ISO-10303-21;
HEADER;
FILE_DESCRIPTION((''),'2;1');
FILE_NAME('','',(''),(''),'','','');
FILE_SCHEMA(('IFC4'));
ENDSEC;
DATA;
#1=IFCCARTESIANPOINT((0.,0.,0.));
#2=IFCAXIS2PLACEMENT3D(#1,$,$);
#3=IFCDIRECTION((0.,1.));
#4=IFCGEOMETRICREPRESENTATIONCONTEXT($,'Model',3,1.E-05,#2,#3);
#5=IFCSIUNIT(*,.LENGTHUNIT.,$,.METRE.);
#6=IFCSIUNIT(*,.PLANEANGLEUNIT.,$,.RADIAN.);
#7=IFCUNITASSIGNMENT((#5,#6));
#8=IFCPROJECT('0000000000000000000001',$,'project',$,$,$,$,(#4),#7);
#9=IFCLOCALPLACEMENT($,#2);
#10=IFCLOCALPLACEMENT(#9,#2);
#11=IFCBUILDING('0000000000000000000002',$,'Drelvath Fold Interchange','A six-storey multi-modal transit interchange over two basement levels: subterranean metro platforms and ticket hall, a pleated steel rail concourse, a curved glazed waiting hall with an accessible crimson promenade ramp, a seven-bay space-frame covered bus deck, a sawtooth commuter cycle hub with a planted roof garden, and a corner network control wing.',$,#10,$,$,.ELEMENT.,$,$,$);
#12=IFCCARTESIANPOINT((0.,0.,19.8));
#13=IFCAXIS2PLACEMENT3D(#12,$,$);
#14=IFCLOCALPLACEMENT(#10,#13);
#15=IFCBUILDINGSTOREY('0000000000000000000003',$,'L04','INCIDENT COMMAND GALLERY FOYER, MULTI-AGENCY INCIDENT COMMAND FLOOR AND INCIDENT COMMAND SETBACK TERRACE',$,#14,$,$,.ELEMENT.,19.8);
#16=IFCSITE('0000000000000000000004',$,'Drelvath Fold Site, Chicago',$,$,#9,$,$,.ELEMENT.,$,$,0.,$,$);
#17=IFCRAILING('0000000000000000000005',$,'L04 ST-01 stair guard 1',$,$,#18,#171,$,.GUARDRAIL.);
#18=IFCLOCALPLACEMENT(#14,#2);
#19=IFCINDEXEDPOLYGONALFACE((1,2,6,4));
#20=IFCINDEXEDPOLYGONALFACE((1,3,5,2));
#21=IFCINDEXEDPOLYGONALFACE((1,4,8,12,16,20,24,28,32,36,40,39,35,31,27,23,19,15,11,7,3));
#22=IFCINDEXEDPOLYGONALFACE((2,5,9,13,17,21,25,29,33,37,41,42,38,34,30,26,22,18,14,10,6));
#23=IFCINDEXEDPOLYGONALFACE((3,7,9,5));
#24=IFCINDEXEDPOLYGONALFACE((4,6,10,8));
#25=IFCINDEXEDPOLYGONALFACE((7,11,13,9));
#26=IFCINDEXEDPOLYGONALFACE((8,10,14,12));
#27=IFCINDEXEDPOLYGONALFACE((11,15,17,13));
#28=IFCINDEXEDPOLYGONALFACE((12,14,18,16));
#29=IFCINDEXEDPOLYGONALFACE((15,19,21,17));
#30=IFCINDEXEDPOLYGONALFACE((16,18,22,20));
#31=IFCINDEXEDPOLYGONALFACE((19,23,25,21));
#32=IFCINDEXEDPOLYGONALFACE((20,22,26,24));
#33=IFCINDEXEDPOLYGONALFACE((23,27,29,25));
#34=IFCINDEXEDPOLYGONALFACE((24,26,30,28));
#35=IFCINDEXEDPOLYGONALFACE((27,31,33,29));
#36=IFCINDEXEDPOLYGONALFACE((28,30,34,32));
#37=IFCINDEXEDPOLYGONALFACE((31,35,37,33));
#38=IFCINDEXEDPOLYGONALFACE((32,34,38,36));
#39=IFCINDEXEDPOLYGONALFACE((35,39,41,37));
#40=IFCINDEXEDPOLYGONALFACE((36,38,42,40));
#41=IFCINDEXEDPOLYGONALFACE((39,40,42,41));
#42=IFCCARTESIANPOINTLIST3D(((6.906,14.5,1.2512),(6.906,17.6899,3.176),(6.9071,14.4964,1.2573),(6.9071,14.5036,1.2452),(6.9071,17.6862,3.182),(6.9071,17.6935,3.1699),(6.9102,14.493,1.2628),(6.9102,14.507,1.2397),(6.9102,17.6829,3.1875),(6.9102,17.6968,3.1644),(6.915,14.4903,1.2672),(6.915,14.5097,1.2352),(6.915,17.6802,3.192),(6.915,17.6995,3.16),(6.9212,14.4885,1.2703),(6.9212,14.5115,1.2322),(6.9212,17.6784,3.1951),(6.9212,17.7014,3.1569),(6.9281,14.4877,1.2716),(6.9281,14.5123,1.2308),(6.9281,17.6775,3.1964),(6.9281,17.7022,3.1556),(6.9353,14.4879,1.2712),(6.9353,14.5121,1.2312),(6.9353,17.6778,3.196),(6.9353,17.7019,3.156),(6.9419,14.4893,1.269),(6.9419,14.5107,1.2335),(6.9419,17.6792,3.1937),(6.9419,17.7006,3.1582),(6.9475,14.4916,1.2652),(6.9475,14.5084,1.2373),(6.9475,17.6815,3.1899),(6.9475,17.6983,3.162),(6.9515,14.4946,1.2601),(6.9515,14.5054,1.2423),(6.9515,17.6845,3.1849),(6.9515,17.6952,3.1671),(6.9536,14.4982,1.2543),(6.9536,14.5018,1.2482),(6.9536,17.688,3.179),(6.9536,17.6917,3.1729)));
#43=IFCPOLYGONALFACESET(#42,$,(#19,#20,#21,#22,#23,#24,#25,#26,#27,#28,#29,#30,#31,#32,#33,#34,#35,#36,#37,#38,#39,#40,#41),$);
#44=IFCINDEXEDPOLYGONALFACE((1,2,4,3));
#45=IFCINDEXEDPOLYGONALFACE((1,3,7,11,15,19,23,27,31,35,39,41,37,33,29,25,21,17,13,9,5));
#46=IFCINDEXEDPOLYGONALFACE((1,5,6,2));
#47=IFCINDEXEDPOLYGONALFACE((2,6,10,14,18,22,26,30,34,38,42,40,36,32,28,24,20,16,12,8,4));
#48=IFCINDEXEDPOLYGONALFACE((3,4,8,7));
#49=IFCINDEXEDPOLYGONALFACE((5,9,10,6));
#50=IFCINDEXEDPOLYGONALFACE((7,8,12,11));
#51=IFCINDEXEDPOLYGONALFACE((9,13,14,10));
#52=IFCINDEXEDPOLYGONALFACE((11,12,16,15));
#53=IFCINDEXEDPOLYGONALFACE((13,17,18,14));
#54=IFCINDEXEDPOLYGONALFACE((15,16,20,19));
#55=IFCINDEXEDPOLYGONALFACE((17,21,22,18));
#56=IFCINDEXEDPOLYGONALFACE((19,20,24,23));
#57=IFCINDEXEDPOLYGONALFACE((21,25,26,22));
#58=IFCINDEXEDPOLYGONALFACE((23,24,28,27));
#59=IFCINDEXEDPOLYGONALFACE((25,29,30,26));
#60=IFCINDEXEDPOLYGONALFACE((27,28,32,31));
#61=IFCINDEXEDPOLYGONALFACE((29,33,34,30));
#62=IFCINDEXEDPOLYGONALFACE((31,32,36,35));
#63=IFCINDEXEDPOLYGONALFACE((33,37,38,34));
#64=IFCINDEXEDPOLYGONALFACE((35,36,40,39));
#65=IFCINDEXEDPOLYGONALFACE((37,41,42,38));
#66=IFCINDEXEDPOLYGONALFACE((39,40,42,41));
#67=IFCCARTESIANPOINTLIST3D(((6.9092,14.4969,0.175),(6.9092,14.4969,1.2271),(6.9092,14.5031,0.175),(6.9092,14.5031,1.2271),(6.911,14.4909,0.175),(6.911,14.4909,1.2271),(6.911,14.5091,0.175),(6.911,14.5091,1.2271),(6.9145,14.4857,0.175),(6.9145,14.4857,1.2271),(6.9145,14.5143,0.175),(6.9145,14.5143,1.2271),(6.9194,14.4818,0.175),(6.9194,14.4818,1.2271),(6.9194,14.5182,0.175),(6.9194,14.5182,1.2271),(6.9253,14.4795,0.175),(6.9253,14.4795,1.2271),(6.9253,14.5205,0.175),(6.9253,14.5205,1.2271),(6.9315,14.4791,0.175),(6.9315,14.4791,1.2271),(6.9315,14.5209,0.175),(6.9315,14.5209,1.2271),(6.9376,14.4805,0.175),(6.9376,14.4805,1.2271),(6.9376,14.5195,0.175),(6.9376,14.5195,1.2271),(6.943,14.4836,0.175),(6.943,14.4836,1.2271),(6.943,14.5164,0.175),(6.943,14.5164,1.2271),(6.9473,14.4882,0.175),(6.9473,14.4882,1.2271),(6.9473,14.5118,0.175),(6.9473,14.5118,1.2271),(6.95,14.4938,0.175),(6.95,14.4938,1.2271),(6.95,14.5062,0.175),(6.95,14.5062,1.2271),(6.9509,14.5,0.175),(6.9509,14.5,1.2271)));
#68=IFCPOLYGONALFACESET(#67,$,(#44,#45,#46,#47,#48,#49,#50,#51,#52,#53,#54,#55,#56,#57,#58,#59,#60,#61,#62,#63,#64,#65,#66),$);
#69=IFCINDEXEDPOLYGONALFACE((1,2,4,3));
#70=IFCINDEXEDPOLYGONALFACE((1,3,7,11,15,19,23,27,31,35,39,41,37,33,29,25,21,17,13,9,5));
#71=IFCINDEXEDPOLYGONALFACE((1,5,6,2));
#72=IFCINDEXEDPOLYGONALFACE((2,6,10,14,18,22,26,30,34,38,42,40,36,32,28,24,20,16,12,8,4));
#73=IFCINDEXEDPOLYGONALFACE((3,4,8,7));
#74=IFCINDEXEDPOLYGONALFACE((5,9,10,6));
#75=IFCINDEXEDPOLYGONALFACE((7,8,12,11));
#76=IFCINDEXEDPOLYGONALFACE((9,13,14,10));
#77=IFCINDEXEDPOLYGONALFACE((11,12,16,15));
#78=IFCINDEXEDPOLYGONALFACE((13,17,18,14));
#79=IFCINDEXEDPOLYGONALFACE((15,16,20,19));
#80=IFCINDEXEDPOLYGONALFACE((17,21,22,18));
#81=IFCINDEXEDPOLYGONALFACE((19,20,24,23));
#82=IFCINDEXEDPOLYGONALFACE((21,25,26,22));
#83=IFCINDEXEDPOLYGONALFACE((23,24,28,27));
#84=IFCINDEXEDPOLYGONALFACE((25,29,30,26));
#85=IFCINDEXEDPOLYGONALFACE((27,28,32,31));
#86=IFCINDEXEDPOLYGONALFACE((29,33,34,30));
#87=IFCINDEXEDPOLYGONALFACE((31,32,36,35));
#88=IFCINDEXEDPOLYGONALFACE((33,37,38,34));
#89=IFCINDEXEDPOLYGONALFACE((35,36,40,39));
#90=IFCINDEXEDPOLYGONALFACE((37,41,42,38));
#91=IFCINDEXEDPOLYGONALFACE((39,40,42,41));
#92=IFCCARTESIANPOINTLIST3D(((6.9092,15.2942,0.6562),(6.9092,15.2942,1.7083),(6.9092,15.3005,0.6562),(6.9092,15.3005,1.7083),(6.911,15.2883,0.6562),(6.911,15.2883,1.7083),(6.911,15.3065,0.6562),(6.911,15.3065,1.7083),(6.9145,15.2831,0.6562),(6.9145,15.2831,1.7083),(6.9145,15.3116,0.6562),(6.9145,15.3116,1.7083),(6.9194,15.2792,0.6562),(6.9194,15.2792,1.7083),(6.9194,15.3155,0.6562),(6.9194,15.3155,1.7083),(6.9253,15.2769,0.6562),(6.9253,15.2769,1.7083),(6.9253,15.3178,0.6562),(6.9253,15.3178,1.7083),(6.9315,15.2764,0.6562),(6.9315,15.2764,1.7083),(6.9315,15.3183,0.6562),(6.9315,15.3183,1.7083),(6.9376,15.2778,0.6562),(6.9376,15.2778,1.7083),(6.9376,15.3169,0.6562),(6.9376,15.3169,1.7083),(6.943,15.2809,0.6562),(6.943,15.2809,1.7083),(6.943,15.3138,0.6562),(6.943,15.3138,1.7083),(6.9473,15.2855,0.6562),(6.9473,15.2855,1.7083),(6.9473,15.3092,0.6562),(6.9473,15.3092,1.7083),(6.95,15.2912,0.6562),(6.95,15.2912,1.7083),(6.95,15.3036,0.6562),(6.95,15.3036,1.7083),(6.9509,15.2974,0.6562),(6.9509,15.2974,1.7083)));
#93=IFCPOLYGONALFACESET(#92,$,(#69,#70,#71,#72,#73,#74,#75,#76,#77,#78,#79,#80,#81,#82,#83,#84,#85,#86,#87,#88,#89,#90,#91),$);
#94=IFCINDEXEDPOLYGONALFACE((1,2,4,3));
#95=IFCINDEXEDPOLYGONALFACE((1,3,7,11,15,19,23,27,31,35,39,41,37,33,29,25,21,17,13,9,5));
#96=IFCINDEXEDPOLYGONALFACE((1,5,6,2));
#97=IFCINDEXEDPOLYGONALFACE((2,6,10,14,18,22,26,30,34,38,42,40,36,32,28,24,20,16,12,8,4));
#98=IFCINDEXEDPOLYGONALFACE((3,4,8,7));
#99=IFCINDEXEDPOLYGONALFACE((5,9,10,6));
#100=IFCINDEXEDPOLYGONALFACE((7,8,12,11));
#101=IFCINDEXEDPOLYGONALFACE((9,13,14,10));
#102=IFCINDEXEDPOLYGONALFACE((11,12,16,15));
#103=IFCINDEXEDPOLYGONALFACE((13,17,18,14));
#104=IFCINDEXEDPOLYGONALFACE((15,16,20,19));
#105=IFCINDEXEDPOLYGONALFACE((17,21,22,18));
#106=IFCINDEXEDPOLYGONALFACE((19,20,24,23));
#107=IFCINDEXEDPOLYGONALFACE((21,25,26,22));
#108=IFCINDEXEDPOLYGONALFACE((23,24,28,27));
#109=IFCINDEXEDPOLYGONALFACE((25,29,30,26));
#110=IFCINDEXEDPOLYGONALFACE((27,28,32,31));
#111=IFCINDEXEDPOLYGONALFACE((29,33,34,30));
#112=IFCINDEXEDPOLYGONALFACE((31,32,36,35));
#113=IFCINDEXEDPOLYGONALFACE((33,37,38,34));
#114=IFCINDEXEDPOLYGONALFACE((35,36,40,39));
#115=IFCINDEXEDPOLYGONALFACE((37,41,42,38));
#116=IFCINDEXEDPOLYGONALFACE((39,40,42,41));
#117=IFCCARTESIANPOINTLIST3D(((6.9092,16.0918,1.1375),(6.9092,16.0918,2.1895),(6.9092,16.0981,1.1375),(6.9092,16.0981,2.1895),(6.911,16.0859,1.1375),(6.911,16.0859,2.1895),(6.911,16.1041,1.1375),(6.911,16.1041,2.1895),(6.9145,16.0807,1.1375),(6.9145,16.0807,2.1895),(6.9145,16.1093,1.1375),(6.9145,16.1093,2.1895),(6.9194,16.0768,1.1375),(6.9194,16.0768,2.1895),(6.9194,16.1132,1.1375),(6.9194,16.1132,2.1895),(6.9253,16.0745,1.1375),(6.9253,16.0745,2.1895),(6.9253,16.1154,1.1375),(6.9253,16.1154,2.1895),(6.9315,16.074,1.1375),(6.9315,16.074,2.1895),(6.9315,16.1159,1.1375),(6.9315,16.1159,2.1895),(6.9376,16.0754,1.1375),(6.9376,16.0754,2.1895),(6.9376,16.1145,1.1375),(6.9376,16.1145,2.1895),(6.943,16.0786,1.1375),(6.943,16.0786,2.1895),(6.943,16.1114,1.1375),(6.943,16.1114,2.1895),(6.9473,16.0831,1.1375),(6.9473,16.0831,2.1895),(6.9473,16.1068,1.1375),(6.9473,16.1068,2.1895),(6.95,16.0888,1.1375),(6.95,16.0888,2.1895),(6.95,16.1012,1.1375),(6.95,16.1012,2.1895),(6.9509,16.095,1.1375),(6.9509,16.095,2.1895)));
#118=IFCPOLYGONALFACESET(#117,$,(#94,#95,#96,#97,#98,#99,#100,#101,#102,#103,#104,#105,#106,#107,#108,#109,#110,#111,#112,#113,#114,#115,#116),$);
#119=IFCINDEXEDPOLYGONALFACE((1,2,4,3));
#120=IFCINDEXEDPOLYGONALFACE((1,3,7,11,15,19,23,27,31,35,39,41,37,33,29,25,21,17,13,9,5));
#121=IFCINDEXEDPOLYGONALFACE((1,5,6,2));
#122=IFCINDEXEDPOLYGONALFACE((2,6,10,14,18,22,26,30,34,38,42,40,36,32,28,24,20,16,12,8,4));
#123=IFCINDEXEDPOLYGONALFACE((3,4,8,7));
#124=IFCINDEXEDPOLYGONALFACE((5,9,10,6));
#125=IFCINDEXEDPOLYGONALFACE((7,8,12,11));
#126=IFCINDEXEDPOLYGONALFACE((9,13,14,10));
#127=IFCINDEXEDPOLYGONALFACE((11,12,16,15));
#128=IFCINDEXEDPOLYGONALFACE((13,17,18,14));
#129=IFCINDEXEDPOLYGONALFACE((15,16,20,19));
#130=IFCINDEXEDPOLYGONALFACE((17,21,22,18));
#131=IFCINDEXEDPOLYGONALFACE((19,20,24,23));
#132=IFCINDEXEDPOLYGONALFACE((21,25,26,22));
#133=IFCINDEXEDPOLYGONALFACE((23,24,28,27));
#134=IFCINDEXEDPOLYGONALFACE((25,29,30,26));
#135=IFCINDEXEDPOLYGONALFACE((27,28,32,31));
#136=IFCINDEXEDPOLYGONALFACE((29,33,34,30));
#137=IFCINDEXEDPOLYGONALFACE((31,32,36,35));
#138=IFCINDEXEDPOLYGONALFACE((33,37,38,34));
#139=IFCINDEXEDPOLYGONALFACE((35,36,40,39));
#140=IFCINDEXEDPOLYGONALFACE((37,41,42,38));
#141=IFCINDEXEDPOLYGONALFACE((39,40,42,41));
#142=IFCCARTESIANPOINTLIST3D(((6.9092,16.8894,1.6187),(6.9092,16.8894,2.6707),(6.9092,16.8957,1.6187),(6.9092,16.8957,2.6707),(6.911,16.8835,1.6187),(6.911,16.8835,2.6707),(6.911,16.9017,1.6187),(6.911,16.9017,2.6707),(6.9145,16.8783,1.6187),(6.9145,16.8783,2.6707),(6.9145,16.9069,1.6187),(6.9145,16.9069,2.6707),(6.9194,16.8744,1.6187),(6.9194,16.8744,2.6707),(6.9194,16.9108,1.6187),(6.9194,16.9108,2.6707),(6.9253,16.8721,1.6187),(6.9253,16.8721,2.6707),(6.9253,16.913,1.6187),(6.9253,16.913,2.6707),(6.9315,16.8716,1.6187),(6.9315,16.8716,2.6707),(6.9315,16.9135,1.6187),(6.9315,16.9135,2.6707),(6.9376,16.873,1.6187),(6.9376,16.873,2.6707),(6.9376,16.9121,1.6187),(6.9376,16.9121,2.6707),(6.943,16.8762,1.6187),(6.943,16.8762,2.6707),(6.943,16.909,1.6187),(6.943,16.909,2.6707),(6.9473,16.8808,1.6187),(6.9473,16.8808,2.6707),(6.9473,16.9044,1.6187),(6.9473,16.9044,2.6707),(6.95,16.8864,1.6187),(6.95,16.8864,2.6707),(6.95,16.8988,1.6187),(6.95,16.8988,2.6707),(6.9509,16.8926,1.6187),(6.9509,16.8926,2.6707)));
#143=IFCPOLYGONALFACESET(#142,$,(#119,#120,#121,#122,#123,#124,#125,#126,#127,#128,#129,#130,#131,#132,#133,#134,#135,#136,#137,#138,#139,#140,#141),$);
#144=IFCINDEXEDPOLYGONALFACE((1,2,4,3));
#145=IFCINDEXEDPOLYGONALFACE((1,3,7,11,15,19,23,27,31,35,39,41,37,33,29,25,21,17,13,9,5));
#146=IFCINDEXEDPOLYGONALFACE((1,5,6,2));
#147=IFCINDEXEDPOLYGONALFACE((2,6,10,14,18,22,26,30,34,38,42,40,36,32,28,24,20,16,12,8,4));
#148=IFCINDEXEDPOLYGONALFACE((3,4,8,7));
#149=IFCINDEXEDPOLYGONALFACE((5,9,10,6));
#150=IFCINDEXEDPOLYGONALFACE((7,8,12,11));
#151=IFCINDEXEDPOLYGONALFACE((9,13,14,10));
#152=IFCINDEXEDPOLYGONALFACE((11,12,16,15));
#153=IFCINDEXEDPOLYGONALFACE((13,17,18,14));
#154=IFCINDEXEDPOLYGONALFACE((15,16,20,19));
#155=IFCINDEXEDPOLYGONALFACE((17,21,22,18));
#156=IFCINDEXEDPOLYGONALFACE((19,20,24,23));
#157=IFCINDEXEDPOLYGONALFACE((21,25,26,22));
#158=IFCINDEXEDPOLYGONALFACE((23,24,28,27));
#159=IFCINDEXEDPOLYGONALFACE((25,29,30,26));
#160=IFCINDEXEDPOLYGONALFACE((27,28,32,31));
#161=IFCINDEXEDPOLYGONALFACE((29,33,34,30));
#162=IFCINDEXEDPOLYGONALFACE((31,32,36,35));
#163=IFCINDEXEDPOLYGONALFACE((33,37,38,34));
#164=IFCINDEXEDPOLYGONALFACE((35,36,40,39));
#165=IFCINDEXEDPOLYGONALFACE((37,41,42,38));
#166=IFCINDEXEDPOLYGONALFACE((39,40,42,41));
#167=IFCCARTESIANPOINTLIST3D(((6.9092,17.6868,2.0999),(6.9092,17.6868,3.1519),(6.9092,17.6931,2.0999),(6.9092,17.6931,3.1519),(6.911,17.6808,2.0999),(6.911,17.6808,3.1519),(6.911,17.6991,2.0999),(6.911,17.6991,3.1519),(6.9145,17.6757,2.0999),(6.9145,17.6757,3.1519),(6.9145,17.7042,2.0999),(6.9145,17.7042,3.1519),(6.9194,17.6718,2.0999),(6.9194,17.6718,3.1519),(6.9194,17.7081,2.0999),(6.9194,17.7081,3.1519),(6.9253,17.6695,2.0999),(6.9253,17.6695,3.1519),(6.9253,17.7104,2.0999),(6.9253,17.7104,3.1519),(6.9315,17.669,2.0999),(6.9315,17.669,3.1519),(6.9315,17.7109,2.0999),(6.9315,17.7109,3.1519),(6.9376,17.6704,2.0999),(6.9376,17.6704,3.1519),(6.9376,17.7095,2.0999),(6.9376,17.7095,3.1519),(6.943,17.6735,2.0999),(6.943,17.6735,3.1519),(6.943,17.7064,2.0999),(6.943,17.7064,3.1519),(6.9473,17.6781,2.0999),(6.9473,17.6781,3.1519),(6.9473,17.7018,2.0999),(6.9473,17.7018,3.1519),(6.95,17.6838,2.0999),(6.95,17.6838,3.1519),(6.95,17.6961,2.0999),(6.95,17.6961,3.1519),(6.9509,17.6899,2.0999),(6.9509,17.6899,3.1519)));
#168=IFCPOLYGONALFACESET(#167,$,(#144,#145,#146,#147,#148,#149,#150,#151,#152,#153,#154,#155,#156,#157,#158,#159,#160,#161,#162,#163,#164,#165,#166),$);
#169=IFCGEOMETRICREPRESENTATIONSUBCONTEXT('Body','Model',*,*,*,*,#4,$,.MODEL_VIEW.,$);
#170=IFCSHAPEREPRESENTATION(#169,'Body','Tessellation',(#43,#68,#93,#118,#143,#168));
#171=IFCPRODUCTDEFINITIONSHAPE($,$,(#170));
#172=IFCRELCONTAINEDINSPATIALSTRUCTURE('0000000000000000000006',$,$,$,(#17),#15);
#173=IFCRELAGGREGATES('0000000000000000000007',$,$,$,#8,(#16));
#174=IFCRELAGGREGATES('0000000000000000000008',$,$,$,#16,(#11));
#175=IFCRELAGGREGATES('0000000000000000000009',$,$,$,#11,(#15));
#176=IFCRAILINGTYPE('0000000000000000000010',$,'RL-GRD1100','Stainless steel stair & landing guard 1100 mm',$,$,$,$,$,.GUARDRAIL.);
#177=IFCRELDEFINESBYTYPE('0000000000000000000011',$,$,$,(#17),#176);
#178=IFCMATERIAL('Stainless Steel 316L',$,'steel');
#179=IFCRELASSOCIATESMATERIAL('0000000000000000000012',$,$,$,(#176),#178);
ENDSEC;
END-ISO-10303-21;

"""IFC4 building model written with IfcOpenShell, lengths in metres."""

from ifc_helpers import new_model, si_unit, direction, frame, origin, origin_2d, place, context, subcontext, project, spatial, circle, extrude, material, type_object, element, save


model = new_model("IFC4")

# Units and contexts
model_context = context("Model", 3, precision=1e-05, world=origin(), true_north=direction((0.0, 1.0)))
body_context = subcontext(model_context, "Body", "Model", "MODEL_VIEW")
ifc_project = project(units=[si_unit("LENGTHUNIT", "METRE"), si_unit("PLANEANGLEUNIT", "RADIAN")], contexts=[model_context])

# Site, building, storey
site_placement = place(None, origin())
site = spatial("IfcSite", under=ifc_project, at=site_placement, Name="Drelvath Fold Site, Chicago", CompositionType="ELEMENT", RefElevation=0.0)
building_placement = place(site_placement, origin())
building = spatial("IfcBuilding", under=site, at=building_placement, Name="Drelvath Fold Interchange", Description="A six-storey multi-modal transit interchange over two basement levels: subterranean metro platforms and ticket hall, a pleated steel rail concourse, a curved glazed waiting hall with an accessible crimson promenade ramp, a seven-bay space-frame covered bus deck, a sawtooth commuter cycle hub with a planted roof garden, and a corner network control wing.", CompositionType="ELEMENT")
storey_placement = place(building_placement, frame((0.0, 0.0, 19.8)))
storey = spatial("IfcBuildingStorey", under=building, at=storey_placement, Name="L04", Description="INCIDENT COMMAND GALLERY FOYER, MULTI-AGENCY INCIDENT COMMAND FLOOR AND INCIDENT COMMAND SETBACK TERRACE", CompositionType="ELEMENT", Elevation=19.8)

# Railing
ifc_material_1 = material(Name="Stainless Steel 316L", Category="steel")
railing_type_1 = type_object("IfcRailingType", Name="RL-GRD1100", Description="Stainless steel stair & landing guard 1100 mm", PredefinedType="GUARDRAIL", material=ifc_material_1)
railing_1_placement = place(storey_placement, frame((6.9299, 14.5, 0.175)))
element("IfcRailing", 1, at=railing_1_placement, inside=storey, type_object=railing_type_1, Name="L04 ST-01 stair guard 1", PredefinedType="GUARDRAIL", context=body_context, shape_type="SweptSolid", body=[
    extrude(circle(Radius=0.0239, at=origin_2d()), frame((0.0, 0.0, 1.0762), z_axis=(0.0, 0.856207, 0.516633), x_axis=(-1.0, 0.0, 0.0)), (0.0, 0.0, 1.0), 3.7256),
    extrude(circle(Radius=0.021, at=origin_2d()), origin(), (0.0, 0.0, 1.0), 1.052),
    extrude(circle(Radius=0.021, at=origin_2d()), frame((0.0, 0.7974, 0.4812)), (0.0, 0.0, 1.0), 1.052),
    extrude(circle(Radius=0.021, at=origin_2d()), frame((0.0, 1.595, 0.9624)), (0.0, 0.0, 1.0), 1.052),
    extrude(circle(Radius=0.021, at=origin_2d()), frame((0.0, 2.3926, 1.4436)), (0.0, 0.0, 1.0), 1.052),
    extrude(circle(Radius=0.021, at=origin_2d()), frame((0.0, 3.1899, 1.9248)), (0.0, 0.0, 1.0), 1.052),
])

save(model, "model.ifc")
